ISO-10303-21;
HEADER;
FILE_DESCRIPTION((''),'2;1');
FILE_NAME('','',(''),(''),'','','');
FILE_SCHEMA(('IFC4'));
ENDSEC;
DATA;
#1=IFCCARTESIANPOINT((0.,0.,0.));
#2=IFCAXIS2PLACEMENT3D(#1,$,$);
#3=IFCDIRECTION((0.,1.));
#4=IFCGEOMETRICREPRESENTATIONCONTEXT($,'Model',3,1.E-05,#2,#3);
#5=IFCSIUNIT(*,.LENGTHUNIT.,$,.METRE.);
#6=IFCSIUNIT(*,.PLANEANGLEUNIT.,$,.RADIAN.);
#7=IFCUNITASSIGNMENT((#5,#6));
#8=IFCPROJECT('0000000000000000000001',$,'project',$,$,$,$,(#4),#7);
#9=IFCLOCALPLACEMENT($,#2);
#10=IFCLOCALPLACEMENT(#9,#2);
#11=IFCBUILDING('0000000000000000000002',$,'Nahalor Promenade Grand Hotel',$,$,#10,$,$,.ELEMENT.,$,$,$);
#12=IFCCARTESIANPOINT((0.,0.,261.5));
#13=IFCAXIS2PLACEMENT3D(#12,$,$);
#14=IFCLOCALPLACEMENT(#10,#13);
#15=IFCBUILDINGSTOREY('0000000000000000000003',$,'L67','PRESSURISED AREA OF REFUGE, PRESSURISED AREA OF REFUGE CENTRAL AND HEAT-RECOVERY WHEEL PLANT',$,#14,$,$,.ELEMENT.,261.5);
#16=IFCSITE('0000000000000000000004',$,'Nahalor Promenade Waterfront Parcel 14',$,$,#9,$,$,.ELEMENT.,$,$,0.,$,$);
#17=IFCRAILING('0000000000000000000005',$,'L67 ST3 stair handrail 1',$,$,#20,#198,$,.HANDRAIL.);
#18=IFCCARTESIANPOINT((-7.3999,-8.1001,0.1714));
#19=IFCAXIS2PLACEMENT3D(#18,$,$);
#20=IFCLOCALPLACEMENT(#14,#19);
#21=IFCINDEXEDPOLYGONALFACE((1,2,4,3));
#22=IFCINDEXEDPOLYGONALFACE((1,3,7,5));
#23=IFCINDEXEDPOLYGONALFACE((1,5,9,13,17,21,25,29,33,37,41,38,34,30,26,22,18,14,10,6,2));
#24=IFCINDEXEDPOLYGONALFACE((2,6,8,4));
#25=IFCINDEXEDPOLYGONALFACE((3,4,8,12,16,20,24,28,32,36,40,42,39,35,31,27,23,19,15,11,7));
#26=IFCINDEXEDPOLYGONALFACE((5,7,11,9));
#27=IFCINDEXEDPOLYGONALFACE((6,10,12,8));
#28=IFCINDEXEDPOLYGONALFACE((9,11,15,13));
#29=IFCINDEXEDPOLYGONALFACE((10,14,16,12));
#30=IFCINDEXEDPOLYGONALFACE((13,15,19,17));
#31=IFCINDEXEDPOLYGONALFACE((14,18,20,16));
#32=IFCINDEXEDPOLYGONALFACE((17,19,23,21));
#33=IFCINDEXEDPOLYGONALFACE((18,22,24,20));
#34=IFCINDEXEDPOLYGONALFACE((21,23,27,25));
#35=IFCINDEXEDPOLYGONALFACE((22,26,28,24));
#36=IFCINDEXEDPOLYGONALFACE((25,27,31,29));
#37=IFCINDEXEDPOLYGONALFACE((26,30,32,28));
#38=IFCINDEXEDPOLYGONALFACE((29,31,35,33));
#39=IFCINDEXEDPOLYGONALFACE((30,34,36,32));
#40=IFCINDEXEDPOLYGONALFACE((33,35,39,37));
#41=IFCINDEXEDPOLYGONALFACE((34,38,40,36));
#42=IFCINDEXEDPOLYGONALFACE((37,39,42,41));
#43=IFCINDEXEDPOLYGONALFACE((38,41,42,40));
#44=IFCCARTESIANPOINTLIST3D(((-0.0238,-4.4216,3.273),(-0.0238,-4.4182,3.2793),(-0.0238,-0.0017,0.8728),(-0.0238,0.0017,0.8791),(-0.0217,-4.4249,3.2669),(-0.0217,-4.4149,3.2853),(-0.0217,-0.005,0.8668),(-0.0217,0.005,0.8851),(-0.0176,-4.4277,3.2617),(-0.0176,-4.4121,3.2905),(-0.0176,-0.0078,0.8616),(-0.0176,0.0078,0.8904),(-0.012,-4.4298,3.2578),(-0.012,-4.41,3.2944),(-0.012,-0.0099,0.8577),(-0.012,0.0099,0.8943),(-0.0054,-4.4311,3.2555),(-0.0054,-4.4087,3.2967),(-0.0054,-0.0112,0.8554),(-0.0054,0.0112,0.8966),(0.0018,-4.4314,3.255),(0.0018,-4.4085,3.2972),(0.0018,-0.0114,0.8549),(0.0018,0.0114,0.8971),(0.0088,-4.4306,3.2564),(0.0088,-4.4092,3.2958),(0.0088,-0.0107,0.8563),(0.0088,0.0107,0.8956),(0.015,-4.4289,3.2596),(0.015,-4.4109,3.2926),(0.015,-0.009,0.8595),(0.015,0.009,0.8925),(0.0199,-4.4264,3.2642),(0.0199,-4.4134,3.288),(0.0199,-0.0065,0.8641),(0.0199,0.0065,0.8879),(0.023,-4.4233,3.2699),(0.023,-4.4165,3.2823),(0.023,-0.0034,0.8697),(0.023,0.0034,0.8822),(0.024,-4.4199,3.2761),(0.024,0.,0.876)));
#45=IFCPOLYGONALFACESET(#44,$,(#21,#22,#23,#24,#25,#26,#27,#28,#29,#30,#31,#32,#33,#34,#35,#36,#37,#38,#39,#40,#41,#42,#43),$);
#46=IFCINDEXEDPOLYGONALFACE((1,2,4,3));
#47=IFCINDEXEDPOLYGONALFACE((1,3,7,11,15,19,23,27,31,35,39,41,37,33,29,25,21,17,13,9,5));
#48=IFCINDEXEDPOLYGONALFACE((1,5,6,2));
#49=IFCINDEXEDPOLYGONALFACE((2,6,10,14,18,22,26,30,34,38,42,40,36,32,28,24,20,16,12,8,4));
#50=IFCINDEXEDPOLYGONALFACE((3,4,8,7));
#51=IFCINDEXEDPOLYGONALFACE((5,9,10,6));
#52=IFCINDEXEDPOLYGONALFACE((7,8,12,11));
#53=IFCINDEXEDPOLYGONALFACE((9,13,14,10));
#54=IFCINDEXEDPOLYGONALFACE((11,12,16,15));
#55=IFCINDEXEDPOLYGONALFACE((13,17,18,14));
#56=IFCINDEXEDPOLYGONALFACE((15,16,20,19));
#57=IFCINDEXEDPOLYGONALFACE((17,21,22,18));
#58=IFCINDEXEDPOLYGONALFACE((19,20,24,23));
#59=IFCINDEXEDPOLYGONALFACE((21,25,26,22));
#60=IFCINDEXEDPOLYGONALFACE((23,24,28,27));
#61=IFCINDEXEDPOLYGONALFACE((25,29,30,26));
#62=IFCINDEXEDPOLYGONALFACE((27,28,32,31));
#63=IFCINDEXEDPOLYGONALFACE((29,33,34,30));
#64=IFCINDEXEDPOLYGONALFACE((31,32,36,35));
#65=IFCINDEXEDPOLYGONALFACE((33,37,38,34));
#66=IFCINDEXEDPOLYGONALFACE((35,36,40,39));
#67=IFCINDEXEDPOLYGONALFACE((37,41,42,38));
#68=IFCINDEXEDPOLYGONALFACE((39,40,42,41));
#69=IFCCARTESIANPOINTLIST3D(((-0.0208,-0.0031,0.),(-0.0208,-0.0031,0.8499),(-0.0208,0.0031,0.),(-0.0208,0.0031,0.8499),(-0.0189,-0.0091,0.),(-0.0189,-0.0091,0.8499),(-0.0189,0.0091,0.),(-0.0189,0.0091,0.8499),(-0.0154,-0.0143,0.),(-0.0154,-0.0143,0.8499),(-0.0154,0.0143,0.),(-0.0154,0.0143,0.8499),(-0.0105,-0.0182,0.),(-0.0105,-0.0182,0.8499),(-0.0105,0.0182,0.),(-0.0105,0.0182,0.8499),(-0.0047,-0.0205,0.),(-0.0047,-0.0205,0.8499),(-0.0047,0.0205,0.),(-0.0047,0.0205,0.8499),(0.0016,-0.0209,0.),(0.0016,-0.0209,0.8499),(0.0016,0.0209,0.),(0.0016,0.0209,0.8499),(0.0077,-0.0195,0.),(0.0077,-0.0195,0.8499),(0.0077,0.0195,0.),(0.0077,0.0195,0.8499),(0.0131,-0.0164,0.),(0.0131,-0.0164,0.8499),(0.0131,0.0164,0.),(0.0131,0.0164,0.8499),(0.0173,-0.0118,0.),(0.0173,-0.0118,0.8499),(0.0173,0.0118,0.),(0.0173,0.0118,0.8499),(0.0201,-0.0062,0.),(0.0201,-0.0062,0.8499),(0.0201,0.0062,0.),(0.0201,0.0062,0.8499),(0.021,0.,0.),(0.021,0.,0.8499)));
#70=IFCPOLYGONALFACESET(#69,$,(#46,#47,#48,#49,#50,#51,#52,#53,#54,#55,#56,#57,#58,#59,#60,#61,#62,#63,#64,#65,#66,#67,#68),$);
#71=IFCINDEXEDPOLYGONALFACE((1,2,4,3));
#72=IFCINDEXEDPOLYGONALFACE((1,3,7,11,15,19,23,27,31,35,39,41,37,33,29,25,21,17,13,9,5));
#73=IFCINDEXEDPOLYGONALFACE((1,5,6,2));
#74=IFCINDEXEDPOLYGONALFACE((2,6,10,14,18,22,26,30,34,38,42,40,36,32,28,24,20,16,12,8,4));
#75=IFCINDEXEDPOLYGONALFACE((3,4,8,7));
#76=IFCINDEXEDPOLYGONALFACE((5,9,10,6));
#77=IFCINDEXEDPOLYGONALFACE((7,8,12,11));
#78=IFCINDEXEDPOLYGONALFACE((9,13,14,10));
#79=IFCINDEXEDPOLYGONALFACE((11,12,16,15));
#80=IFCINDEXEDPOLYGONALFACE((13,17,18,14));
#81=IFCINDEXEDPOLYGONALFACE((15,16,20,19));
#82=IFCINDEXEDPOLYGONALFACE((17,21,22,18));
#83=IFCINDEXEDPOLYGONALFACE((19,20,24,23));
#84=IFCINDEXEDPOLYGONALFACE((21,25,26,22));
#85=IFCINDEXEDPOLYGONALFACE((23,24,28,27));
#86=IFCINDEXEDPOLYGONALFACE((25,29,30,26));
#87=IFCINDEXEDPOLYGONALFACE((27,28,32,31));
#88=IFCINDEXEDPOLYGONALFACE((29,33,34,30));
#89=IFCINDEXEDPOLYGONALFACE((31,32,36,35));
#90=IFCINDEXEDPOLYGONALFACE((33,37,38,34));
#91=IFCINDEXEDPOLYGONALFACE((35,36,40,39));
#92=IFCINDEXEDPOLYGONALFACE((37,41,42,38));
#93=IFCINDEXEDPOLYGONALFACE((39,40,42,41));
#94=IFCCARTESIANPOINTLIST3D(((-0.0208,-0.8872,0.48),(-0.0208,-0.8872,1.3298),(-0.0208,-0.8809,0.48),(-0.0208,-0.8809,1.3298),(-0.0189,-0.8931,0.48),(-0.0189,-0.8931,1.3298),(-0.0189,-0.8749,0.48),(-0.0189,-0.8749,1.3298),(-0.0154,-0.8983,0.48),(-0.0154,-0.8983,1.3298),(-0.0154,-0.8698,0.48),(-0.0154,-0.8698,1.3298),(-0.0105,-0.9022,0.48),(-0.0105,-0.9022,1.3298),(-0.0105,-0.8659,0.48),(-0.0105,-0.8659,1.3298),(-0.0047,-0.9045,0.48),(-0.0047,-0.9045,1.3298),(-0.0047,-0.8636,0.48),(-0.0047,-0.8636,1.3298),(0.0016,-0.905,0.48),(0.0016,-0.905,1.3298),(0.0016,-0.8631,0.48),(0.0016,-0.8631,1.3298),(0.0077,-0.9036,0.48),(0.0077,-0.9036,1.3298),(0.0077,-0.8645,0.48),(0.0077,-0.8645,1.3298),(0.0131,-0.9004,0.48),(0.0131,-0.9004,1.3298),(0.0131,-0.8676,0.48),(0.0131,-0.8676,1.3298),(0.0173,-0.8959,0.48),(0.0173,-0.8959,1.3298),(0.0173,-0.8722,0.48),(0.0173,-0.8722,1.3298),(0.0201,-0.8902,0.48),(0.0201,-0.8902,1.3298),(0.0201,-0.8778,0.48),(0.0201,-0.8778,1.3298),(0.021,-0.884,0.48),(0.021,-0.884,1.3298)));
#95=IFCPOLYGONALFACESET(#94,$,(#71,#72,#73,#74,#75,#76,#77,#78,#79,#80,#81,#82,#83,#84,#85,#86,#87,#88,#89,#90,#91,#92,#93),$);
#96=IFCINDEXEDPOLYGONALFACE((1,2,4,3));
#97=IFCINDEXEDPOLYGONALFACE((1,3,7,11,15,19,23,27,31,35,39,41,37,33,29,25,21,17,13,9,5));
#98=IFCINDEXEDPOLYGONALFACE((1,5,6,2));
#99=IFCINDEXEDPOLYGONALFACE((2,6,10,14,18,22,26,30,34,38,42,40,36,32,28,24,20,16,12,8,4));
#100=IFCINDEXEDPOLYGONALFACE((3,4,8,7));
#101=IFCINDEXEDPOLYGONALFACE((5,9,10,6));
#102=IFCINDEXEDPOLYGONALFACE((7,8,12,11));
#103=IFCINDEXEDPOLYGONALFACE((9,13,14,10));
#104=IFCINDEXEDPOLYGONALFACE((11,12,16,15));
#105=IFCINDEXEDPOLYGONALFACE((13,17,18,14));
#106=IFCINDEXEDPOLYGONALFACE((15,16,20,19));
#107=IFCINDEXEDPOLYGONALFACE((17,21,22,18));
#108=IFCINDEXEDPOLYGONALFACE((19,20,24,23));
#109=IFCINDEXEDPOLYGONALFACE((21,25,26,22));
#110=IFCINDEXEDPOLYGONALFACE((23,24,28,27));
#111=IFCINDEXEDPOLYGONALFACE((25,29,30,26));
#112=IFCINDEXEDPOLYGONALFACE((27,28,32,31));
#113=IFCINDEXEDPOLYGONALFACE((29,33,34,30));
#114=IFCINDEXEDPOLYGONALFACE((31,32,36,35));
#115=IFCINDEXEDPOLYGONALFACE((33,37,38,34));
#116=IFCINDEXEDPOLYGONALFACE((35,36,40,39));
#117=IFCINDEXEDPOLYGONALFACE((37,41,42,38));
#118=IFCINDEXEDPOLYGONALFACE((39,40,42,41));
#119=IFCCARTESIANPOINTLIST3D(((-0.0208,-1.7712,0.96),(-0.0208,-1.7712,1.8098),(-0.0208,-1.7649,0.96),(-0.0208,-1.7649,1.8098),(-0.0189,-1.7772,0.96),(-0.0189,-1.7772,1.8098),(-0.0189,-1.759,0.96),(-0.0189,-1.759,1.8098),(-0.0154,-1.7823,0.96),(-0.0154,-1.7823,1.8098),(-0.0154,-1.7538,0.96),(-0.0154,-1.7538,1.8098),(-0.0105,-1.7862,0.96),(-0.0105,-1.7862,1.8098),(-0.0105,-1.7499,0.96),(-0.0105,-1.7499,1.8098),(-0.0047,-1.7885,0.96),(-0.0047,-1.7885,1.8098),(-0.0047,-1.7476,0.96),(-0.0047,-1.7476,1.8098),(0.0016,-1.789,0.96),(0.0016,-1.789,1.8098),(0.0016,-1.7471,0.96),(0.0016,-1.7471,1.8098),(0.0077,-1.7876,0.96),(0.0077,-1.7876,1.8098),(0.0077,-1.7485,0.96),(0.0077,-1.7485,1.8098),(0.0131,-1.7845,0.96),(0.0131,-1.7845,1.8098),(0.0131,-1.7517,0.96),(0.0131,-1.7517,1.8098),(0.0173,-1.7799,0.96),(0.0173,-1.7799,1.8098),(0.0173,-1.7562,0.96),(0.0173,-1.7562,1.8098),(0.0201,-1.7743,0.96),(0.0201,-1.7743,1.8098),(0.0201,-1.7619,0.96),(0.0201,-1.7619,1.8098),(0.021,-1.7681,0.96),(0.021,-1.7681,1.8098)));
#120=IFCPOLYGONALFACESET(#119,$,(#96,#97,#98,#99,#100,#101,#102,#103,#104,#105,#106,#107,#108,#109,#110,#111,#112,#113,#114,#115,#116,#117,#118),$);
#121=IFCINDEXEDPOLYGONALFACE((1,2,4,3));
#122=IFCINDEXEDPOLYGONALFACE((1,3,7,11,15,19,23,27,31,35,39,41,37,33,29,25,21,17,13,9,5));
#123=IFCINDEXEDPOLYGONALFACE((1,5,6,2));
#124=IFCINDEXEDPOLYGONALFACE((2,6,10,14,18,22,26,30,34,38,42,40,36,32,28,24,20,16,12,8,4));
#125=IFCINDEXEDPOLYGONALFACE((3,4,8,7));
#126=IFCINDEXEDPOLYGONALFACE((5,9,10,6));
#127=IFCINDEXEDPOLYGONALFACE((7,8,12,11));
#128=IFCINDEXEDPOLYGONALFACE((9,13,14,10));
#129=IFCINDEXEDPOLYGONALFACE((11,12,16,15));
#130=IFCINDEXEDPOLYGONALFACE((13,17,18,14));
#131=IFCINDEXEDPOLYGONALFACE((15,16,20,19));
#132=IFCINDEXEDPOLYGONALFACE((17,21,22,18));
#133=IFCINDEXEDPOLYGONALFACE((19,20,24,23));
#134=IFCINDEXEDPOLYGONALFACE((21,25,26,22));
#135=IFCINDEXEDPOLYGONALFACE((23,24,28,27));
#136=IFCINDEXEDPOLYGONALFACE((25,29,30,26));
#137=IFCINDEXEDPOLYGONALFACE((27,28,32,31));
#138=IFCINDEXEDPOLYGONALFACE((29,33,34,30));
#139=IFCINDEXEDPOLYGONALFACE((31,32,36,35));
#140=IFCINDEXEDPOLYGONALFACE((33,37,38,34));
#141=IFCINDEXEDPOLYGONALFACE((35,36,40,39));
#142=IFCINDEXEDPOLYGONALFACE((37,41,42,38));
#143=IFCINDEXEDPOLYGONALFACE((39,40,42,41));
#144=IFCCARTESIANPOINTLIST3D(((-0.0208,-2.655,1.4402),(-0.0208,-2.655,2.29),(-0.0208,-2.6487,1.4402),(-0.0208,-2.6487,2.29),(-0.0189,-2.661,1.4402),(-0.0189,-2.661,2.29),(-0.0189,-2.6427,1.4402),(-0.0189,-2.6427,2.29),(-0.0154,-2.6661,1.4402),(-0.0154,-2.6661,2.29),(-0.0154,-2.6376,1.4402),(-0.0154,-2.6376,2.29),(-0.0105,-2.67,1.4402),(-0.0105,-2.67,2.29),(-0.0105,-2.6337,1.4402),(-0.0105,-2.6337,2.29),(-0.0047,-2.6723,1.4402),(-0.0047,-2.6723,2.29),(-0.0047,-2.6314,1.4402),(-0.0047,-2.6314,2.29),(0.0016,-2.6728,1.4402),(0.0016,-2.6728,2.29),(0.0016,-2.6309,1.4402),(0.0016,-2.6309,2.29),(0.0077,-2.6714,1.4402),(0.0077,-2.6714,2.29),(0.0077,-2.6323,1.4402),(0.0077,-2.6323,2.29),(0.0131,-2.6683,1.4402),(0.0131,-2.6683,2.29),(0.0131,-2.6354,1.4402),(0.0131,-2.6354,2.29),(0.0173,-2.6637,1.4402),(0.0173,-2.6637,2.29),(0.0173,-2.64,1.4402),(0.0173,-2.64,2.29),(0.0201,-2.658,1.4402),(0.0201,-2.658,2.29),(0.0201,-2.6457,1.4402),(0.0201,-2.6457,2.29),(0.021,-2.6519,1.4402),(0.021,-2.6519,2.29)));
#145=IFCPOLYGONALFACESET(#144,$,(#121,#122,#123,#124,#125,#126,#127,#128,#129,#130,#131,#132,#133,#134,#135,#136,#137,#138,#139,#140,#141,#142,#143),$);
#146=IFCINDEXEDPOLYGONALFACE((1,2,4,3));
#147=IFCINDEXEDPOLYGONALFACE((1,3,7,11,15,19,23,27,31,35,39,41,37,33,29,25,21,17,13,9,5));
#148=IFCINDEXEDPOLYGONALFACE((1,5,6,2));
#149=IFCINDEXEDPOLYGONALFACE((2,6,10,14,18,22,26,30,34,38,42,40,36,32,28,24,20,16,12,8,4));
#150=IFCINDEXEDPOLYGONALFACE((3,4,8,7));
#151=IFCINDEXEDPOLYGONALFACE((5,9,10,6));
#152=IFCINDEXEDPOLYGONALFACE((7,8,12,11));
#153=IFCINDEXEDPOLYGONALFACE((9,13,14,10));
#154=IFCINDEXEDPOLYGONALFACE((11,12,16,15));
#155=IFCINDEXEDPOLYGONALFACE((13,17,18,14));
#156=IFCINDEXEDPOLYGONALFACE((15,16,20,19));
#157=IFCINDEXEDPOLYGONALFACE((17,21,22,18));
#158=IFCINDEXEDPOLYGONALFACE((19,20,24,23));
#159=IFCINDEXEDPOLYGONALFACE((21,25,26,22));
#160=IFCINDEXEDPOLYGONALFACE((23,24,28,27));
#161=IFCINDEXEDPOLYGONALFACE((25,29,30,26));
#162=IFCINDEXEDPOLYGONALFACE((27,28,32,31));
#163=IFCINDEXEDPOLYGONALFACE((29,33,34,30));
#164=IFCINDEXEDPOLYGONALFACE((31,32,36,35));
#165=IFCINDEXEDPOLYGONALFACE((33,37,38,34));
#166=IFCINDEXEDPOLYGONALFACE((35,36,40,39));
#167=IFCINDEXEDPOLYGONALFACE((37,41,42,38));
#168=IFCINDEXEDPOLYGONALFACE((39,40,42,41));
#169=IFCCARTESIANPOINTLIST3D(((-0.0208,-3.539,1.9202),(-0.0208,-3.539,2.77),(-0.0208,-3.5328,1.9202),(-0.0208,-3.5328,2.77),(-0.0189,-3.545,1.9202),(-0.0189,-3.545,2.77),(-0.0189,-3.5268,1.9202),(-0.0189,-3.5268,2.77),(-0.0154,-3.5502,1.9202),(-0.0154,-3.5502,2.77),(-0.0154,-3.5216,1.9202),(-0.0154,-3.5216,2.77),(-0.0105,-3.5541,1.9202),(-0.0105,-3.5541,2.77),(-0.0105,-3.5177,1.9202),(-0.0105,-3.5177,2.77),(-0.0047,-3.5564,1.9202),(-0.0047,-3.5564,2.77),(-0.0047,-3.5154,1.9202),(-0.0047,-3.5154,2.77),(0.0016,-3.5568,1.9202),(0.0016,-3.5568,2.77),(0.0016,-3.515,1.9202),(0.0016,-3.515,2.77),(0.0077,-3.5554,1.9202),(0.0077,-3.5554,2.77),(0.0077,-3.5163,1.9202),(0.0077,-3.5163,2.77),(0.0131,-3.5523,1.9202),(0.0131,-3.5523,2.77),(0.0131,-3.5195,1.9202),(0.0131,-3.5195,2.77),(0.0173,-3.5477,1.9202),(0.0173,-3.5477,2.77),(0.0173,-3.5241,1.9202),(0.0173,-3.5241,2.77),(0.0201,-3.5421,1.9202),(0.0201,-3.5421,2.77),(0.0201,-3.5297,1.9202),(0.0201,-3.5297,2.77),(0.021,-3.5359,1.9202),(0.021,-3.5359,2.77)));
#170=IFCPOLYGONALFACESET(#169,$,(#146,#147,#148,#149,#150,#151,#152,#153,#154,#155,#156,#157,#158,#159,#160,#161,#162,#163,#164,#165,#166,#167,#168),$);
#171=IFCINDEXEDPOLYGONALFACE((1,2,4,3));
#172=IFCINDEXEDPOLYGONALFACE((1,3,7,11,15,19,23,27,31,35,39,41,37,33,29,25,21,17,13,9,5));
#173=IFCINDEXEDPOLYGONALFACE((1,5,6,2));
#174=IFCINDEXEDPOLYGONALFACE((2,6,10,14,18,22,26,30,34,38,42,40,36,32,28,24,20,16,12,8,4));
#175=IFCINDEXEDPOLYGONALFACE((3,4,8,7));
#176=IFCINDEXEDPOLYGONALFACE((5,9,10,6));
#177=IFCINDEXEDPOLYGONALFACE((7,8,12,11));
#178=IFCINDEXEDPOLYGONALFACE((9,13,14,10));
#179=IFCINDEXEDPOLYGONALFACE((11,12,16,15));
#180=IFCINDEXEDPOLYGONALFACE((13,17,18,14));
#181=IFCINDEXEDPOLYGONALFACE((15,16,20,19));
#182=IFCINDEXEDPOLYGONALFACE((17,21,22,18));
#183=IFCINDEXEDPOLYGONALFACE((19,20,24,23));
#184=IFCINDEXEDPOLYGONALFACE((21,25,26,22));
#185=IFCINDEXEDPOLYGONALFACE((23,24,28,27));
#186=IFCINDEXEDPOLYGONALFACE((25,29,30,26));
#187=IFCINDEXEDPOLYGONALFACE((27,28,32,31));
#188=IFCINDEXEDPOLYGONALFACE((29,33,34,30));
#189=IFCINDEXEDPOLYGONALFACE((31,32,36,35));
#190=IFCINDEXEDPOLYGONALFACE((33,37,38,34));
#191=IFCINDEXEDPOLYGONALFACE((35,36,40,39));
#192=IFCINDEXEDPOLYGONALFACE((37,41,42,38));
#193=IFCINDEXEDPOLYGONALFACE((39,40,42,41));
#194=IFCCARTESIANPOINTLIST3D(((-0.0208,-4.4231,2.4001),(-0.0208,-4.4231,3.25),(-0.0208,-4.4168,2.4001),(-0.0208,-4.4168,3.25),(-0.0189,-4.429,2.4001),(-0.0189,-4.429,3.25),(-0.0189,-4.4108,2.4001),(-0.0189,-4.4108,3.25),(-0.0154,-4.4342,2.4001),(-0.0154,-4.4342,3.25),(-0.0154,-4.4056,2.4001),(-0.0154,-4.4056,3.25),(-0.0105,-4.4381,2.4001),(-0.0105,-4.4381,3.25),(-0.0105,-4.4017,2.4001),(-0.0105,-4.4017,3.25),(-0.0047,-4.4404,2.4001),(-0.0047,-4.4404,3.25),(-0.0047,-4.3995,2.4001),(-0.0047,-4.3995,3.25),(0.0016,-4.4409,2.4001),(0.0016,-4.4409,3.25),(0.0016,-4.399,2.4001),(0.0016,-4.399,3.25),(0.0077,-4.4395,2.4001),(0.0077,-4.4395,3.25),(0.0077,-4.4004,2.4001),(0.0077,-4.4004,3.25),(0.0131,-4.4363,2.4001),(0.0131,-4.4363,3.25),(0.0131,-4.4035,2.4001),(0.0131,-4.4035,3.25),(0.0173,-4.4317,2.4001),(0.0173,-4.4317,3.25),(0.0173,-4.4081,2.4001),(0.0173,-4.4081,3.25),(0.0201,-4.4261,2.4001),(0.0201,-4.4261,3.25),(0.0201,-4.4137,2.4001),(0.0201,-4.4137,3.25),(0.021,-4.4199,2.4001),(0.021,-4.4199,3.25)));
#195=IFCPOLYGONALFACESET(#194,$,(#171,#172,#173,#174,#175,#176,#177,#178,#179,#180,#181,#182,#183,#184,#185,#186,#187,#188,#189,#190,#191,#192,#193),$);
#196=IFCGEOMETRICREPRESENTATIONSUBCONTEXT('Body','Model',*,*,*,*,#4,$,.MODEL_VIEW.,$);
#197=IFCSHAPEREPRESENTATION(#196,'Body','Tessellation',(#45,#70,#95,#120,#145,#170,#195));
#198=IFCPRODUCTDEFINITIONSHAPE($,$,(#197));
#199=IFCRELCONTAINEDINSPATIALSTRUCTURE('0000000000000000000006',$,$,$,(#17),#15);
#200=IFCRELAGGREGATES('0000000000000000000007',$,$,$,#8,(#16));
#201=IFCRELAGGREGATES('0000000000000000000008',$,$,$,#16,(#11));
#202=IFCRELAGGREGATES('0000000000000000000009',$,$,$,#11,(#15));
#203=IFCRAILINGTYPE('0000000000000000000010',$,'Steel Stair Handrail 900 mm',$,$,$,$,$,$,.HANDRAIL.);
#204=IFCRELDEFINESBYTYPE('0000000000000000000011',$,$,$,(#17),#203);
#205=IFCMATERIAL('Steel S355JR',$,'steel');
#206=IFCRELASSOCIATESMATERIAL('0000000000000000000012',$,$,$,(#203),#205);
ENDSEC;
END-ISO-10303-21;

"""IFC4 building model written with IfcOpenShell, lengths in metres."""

from ifc_helpers import new_model, si_unit, direction, frame, origin, origin_2d, place, context, subcontext, project, spatial, circle, extrude, material, type_object, element, save


model = new_model("IFC4")

# Units and contexts
model_context = context("Model", 3, precision=1e-05, world=origin(), true_north=direction((0.0, 1.0)))
body_context = subcontext(model_context, "Body", "Model", "MODEL_VIEW")
ifc_project = project(units=[si_unit("LENGTHUNIT", "METRE"), si_unit("PLANEANGLEUNIT", "RADIAN")], contexts=[model_context])

# Site, building, storey
site_placement = place(None, origin())
site = spatial("IfcSite", under=ifc_project, at=site_placement, Name="Nahalor Promenade Waterfront Parcel 14", CompositionType="ELEMENT", RefElevation=0.0)
building_placement = place(site_placement, origin())
building = spatial("IfcBuilding", under=site, at=building_placement, Name="Nahalor Promenade Grand Hotel", CompositionType="ELEMENT")
storey_placement = place(building_placement, frame((0.0, 0.0, 261.5)))
storey = spatial("IfcBuildingStorey", under=building, at=storey_placement, Name="L67", Description="PRESSURISED AREA OF REFUGE, PRESSURISED AREA OF REFUGE CENTRAL AND HEAT-RECOVERY WHEEL PLANT", CompositionType="ELEMENT", Elevation=261.5)

# Shared definitions
ifc_material_1 = material(Name="Steel S355JR", Category="steel")

# Railing
railing_type_1 = type_object("IfcRailingType", Name="Steel Stair Handrail 900 mm", PredefinedType="HANDRAIL", material=ifc_material_1)
railing_1_placement = place(storey_placement, frame((-7.3999, -8.1001, 0.1714)))
element("IfcRailing", 1, at=railing_1_placement, inside=storey, type_object=railing_type_1, Name="L67 ST3 stair handrail 1", PredefinedType="HANDRAIL", context=body_context, shape_type="SweptSolid", body=[
    extrude(circle(Radius=0.024, at=origin_2d()), frame((0.0, 0.0, 0.876), z_axis=(0.0, -0.87879, 0.477209), x_axis=(1.0, 0.0, 0.0)), (0.0, 0.0, 1.0), 5.0295),
    extrude(circle(Radius=0.021, at=origin_2d()), origin(), (0.0, 0.0, 1.0), 0.8499),
    extrude(circle(Radius=0.021, at=origin_2d()), frame((0.0, -0.884, 0.48)), (0.0, 0.0, 1.0), 0.8499),
    extrude(circle(Radius=0.021, at=origin_2d()), frame((0.0, -1.7681, 0.96)), (0.0, 0.0, 1.0), 0.8499),
    extrude(circle(Radius=0.021, at=origin_2d()), frame((0.0, -2.6519, 1.4402)), (0.0, 0.0, 1.0), 0.8499),
    extrude(circle(Radius=0.021, at=origin_2d()), frame((0.0, -3.5359, 1.9202)), (0.0, 0.0, 1.0), 0.8499),
    extrude(circle(Radius=0.021, at=origin_2d()), frame((0.0, -4.4199, 2.4001)), (0.0, 0.0, 1.0), 0.8499),
])

save(model, "model.ifc")
